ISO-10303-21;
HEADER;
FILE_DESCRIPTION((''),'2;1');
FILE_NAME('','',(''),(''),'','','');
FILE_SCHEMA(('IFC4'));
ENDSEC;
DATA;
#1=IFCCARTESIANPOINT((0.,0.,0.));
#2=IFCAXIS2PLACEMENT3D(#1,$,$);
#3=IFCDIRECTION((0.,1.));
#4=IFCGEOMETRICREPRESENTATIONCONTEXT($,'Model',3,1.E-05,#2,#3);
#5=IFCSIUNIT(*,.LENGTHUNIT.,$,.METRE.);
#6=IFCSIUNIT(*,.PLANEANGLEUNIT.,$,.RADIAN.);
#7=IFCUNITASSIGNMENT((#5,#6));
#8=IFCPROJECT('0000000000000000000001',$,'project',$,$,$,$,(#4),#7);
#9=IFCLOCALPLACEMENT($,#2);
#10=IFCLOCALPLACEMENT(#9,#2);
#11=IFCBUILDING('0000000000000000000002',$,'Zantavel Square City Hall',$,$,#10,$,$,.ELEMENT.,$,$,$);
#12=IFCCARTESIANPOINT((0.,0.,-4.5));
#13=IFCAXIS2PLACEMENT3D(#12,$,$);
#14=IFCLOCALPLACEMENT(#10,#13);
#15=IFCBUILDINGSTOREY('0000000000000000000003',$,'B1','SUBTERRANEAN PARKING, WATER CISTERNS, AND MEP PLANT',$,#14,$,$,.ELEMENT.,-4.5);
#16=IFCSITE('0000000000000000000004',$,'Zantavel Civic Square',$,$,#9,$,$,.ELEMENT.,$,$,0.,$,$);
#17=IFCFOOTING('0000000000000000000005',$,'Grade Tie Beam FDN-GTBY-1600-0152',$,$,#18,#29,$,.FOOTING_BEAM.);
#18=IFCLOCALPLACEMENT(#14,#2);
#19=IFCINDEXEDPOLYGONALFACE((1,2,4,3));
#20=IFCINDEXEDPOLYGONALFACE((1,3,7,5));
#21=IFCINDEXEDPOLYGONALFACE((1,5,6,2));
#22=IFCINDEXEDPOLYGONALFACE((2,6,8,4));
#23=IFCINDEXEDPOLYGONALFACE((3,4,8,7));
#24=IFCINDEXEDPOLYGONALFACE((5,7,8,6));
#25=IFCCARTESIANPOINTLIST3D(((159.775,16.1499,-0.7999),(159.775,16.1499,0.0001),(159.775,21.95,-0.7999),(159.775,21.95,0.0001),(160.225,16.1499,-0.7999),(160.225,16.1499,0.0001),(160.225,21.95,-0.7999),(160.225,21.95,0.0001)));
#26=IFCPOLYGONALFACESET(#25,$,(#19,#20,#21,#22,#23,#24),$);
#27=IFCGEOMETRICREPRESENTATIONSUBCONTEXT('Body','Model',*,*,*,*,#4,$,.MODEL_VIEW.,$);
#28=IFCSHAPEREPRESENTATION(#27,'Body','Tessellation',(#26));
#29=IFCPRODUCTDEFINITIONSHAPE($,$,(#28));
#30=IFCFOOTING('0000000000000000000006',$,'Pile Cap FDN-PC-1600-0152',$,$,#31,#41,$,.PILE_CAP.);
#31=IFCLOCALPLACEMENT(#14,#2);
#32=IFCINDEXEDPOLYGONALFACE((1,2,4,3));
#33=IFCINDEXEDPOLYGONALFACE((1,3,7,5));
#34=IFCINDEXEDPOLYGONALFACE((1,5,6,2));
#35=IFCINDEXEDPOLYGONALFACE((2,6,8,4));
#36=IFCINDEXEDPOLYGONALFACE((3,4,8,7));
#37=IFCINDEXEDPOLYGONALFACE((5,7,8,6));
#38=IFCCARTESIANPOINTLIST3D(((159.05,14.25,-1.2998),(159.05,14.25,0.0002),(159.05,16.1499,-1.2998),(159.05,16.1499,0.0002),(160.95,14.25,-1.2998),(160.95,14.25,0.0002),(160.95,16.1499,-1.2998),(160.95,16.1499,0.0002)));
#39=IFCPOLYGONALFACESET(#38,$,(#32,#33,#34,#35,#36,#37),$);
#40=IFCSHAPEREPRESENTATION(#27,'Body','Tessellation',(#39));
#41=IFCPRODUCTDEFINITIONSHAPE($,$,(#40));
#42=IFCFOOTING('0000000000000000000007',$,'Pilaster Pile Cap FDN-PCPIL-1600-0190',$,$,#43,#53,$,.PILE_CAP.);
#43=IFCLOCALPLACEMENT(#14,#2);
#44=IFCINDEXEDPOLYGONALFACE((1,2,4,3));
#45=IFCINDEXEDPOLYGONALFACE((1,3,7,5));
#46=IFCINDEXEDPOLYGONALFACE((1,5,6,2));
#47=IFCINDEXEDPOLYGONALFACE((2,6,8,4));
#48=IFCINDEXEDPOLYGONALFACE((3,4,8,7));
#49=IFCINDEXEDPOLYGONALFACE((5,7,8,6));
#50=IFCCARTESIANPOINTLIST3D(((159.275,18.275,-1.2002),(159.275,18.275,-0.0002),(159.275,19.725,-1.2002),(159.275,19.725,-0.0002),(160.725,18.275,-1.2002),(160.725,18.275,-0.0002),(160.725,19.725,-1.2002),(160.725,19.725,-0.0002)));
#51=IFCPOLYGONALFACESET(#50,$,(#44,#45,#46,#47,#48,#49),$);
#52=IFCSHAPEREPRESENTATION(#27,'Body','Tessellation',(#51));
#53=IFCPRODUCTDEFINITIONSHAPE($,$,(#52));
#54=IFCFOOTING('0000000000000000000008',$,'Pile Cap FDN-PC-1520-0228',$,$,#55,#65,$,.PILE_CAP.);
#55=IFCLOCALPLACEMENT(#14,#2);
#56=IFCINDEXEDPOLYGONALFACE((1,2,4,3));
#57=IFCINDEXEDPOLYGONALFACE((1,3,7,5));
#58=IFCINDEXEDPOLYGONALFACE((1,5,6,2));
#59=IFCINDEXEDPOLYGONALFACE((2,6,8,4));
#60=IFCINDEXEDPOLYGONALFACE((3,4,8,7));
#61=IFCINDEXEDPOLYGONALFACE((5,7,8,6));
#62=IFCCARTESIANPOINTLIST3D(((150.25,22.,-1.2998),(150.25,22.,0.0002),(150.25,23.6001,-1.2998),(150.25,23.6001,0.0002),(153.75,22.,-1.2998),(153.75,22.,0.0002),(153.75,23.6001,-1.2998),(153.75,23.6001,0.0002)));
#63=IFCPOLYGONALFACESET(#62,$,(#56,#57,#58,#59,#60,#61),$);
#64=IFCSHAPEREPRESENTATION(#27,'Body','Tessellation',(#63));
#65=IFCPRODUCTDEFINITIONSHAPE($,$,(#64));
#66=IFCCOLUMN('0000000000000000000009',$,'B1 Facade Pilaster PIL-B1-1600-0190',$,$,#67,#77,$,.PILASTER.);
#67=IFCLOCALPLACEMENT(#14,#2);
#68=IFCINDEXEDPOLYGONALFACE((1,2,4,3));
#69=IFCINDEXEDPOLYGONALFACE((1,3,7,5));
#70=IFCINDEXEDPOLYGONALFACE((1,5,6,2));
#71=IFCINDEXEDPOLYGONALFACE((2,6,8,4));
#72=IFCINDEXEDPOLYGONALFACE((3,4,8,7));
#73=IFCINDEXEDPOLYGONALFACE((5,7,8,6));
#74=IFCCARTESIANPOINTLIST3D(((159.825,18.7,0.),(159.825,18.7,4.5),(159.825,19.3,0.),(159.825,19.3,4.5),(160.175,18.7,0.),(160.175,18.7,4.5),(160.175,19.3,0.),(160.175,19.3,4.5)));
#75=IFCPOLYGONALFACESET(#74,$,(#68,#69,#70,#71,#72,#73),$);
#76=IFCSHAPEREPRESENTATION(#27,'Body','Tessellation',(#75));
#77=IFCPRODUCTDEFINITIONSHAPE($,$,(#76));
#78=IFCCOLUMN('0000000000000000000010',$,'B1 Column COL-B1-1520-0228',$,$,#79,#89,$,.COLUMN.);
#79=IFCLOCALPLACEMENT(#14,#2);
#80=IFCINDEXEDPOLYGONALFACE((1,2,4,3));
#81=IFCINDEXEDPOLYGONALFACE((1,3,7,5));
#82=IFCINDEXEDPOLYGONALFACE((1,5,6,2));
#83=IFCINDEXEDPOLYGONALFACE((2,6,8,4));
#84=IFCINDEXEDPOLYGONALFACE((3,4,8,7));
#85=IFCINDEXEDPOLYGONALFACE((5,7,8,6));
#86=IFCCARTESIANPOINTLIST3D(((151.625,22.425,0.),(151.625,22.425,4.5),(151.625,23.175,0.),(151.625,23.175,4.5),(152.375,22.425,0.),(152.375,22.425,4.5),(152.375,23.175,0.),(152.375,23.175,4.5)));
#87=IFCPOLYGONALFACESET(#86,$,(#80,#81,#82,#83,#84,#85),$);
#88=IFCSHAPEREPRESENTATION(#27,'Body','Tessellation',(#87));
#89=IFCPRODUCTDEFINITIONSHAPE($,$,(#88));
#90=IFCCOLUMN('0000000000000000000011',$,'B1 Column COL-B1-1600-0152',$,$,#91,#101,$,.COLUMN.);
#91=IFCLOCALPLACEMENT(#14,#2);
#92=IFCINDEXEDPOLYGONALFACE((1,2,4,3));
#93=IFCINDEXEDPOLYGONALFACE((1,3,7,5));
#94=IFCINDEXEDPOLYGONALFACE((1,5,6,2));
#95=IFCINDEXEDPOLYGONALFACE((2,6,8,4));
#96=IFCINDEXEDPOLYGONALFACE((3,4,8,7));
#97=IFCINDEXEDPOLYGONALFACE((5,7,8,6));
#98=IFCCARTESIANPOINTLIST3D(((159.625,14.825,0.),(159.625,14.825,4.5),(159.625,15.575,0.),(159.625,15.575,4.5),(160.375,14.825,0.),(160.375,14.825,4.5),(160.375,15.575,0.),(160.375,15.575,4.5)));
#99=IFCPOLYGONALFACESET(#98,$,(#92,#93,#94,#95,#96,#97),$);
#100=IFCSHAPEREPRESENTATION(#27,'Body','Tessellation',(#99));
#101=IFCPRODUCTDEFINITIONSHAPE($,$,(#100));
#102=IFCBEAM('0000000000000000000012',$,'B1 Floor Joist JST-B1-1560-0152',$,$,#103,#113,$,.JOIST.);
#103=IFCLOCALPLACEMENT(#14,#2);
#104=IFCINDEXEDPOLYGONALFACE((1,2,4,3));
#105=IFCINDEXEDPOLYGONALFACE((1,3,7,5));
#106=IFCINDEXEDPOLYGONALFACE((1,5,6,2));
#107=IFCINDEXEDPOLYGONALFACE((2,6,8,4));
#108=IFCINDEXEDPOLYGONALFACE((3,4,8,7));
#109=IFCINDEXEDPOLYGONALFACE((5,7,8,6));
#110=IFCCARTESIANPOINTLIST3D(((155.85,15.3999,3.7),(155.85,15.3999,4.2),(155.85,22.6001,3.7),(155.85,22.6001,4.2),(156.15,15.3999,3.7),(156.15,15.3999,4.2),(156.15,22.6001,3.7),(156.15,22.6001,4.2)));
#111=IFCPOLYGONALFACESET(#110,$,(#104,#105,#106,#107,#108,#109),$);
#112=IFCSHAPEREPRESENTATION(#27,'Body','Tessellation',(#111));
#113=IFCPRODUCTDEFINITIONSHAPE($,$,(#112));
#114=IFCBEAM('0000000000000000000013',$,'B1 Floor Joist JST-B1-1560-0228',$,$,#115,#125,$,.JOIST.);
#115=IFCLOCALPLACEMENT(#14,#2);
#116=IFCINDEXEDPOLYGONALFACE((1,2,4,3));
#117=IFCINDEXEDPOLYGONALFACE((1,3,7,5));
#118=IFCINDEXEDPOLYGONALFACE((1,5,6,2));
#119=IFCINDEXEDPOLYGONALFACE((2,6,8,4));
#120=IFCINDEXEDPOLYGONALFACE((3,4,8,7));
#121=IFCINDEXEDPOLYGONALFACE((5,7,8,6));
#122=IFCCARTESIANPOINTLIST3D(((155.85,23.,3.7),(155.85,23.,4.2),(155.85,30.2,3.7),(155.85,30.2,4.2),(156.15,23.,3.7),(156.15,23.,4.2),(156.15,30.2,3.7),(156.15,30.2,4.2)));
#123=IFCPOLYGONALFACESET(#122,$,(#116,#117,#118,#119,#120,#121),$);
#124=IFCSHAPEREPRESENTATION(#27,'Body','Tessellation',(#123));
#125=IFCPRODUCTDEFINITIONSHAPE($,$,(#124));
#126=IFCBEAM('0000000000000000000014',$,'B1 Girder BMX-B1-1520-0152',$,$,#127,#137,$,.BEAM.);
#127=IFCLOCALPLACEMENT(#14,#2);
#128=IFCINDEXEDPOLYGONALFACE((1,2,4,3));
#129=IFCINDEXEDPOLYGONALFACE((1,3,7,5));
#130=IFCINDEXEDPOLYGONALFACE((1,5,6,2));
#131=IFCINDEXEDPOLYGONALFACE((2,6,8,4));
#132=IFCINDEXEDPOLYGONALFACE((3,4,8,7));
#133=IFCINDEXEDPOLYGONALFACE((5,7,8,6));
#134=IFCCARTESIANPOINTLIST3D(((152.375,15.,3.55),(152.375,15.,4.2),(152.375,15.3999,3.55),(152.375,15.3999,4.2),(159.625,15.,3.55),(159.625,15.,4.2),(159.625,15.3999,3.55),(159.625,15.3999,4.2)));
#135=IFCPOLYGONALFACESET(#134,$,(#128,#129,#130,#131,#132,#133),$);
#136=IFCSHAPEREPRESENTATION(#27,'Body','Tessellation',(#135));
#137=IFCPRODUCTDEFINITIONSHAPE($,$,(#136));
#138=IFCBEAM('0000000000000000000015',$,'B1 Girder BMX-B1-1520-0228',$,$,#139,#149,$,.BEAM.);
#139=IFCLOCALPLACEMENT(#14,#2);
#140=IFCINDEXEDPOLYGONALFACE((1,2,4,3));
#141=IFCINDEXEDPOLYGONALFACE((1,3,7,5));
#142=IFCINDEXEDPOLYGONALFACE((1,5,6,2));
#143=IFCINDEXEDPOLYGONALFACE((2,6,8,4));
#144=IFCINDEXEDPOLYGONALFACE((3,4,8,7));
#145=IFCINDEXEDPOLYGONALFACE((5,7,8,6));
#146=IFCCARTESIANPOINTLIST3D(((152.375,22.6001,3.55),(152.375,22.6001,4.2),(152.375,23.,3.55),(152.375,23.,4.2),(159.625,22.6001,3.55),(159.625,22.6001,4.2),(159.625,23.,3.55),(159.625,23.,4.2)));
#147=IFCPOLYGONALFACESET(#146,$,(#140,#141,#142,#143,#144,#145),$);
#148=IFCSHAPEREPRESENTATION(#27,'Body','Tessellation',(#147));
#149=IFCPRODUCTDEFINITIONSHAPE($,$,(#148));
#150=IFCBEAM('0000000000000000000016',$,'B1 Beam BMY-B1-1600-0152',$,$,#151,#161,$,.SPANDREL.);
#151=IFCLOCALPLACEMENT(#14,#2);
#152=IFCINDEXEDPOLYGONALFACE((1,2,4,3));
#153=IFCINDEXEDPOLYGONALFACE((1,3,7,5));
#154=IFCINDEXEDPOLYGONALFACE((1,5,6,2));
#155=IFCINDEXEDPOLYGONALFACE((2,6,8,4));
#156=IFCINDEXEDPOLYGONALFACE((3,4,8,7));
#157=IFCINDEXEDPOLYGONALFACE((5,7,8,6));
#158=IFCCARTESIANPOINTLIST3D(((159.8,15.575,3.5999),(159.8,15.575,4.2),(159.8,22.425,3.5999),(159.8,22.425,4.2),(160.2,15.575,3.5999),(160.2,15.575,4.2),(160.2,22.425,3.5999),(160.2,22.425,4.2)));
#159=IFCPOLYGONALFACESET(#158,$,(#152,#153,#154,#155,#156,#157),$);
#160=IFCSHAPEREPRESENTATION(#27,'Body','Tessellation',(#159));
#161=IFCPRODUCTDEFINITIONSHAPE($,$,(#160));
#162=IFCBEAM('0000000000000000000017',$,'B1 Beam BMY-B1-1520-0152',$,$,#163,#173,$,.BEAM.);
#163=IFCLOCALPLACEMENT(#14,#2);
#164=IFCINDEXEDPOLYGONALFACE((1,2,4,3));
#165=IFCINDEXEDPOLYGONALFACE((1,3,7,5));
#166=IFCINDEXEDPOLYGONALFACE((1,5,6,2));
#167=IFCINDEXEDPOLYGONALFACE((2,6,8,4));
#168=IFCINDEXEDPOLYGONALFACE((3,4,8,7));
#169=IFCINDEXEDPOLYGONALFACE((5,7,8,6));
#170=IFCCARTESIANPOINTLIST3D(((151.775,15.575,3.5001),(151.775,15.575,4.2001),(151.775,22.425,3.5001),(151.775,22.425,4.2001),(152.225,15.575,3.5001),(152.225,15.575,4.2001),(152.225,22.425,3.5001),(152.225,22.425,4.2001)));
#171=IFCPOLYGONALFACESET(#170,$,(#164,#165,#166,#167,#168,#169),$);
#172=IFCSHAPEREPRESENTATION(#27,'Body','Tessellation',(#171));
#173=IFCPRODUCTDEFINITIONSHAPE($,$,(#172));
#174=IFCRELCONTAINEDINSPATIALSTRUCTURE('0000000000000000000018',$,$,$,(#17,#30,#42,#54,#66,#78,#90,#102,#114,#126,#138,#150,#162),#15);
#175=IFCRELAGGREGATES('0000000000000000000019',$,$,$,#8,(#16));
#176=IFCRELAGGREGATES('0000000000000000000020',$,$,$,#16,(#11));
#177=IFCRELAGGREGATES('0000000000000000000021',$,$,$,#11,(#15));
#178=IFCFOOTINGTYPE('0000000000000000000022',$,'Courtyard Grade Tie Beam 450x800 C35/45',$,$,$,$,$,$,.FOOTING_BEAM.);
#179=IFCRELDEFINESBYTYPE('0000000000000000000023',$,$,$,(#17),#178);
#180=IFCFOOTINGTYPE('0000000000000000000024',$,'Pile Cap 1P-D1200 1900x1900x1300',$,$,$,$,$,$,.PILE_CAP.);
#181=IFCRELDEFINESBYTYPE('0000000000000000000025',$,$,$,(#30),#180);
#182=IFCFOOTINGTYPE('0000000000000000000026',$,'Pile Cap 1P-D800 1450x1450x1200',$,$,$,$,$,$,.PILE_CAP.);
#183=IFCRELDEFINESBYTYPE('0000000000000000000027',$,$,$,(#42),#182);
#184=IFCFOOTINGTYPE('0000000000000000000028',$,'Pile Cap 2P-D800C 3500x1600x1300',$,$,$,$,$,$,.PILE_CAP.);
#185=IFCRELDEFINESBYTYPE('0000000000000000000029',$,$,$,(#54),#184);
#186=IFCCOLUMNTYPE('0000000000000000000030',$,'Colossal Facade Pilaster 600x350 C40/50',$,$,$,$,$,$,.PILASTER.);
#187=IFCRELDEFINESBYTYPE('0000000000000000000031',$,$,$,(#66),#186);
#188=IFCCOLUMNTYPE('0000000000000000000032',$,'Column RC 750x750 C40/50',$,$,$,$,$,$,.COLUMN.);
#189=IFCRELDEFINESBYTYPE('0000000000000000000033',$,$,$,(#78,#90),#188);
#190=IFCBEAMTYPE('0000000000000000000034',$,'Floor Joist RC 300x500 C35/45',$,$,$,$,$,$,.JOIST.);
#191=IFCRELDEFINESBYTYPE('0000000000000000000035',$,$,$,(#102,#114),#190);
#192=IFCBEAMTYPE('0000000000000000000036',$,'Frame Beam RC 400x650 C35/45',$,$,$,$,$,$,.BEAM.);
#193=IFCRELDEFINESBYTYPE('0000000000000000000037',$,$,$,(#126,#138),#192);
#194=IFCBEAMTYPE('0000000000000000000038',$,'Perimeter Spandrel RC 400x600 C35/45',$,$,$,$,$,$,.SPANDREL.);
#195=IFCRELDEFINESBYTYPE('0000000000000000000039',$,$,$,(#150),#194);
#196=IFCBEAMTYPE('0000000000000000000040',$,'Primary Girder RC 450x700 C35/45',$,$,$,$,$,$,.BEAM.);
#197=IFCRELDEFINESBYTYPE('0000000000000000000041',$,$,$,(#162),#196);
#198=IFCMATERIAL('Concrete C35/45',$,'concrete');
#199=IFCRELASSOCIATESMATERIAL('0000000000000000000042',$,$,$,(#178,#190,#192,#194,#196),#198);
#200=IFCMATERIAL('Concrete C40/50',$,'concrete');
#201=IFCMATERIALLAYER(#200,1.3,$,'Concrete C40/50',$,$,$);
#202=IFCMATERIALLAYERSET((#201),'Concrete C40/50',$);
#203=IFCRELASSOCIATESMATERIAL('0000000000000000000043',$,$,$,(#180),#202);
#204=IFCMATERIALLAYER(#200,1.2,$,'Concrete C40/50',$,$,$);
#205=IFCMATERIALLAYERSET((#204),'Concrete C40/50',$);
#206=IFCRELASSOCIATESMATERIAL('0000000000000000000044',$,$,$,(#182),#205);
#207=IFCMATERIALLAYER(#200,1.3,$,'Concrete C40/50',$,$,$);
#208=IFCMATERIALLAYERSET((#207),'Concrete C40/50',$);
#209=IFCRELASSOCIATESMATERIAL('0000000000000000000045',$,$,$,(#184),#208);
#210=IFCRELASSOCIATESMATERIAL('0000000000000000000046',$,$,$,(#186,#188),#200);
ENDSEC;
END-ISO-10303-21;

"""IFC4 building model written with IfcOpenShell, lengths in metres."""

from ifc_helpers import new_model, si_unit, direction, frame, origin, origin_2d, place, context, subcontext, project, spatial, rectangle, extrude, material, layer, layer_set, material_profile, profile_set, type_object, element, save


model = new_model("IFC4")

# Units and contexts
model_context = context("Model", 3, precision=1e-05, world=origin(), true_north=direction((0.0, 1.0)))
body_context = subcontext(model_context, "Body", "Model", "MODEL_VIEW")
ifc_project = project(units=[si_unit("LENGTHUNIT", "METRE"), si_unit("PLANEANGLEUNIT", "RADIAN")], contexts=[model_context])

# Site, building, storey
site_placement = place(None, origin())
site = spatial("IfcSite", under=ifc_project, at=site_placement, Name="Zantavel Civic Square", CompositionType="ELEMENT", RefElevation=0.0)
building_placement = place(site_placement, origin())
building = spatial("IfcBuilding", under=site, at=building_placement, Name="Zantavel Square City Hall", CompositionType="ELEMENT")
storey_placement = place(building_placement, frame((0.0, 0.0, -4.5)))
storey = spatial("IfcBuildingStorey", under=building, at=storey_placement, Name="B1", Description="SUBTERRANEAN PARKING, WATER CISTERNS, AND MEP PLANT", CompositionType="ELEMENT", Elevation=-4.5)

# Shared definitions
ifc_material_1 = material(Name="Concrete C35/45", Category="concrete")

# Footings
ifc_material_profile_1 = material_profile(ifc_material_1, rectangle(XDim=0.45, YDim=0.8, at=origin_2d()), Name="RC 450x800")
ifc_profile_set_1 = profile_set([ifc_material_profile_1], Name="Concrete C35/45")
footing_type_1 = type_object("IfcFootingType", Name="Courtyard Grade Tie Beam 450x800 C35/45", PredefinedType="FOOTING_BEAM", material=ifc_profile_set_1)
footing_1_placement = place(storey_placement, frame((160.0, 16.1499, -0.3999), z_axis=(0.0, 1.0, 0.0), x_axis=(-1.0, 0.0, 0.0)))
element("IfcFooting", 1, at=footing_1_placement, inside=storey, type_object=footing_type_1, Name="Grade Tie Beam FDN-GTBY-1600-0152", PredefinedType="FOOTING_BEAM", context=body_context, shape_type="SweptSolid", body=[
    extrude(rectangle(XDim=0.45, YDim=0.8, at=origin_2d()), origin(), (0.0, 0.0, 1.0), 5.8),
])
ifc_material_2 = material(Name="Concrete C40/50", Category="concrete")
ifc_layer_1 = layer(ifc_material_2, 1.3, Name="Concrete C40/50")
ifc_layer_set_1 = layer_set([ifc_layer_1], Name="Concrete C40/50")
footing_type_2 = type_object("IfcFootingType", Name="Pile Cap 1P-D1200 1900x1900x1300", PredefinedType="PILE_CAP", material=ifc_layer_set_1)
footing_2_placement = place(storey_placement, frame((160.0, 15.2, -1.2998), z_axis=(0.0, 0.0, 1.0), x_axis=(1.0, 0.0, 0.0)))
element("IfcFooting", 2, at=footing_2_placement, inside=storey, type_object=footing_type_2, Name="Pile Cap FDN-PC-1600-0152", PredefinedType="PILE_CAP", context=body_context, shape_type="SweptSolid", body=[
    extrude(rectangle(XDim=1.8999, YDim=1.8999, at=origin_2d()), origin(), (0.0, 0.0, 1.0), 1.3),
])
ifc_layer_2 = layer(ifc_material_2, 1.2, Name="Concrete C40/50")
ifc_layer_set_2 = layer_set([ifc_layer_2], Name="Concrete C40/50")
footing_type_3 = type_object("IfcFootingType", Name="Pile Cap 1P-D800 1450x1450x1200", PredefinedType="PILE_CAP", material=ifc_layer_set_2)
footing_3_placement = place(storey_placement, frame((160.0, 19.0, -1.2002), z_axis=(0.0, 0.0, 1.0), x_axis=(1.0, 0.0, 0.0)))
element("IfcFooting", 3, at=footing_3_placement, inside=storey, type_object=footing_type_3, Name="Pilaster Pile Cap FDN-PCPIL-1600-0190", PredefinedType="PILE_CAP", context=body_context, shape_type="SweptSolid", body=[
    extrude(rectangle(XDim=1.45, YDim=1.45, at=origin_2d()), origin(), (0.0, 0.0, 1.0), 1.2),
])
ifc_layer_3 = layer(ifc_material_2, 1.3, Name="Concrete C40/50")
ifc_layer_set_3 = layer_set([ifc_layer_3], Name="Concrete C40/50")
footing_type_4 = type_object("IfcFootingType", Name="Pile Cap 2P-D800C 3500x1600x1300", PredefinedType="PILE_CAP", material=ifc_layer_set_3)
footing_4_placement = place(storey_placement, frame((152.0, 22.8, -1.2998), z_axis=(0.0, 0.0, 1.0), x_axis=(1.0, 0.0, 0.0)))
element("IfcFooting", 4, at=footing_4_placement, inside=storey, type_object=footing_type_4, Name="Pile Cap FDN-PC-1520-0228", PredefinedType="PILE_CAP", context=body_context, shape_type="SweptSolid", body=[
    extrude(rectangle(XDim=3.5, YDim=1.6001, at=origin_2d()), origin(), (0.0, 0.0, 1.0), 1.3),
])

# Columns
ifc_material_profile_2 = material_profile(ifc_material_2, rectangle(XDim=0.6001, YDim=0.3501, at=origin_2d()), Name="RC 600x350")
ifc_profile_set_2 = profile_set([ifc_material_profile_2], Name="Concrete C40/50")
column_type_1 = type_object("IfcColumnType", Name="Colossal Facade Pilaster 600x350 C40/50", PredefinedType="PILASTER", material=ifc_profile_set_2)
column_placement = place(storey_placement, frame((160.0, 19.0, 0.0), z_axis=(0.0, 0.0, 1.0), x_axis=(0.0, 1.0, 0.0)))
element("IfcColumn", 5, at=column_placement, inside=storey, type_object=column_type_1, Name="B1 Facade Pilaster PIL-B1-1600-0190", PredefinedType="PILASTER", context=body_context, shape_type="SweptSolid", body=[
    extrude(rectangle(XDim=0.6001, YDim=0.3501, at=origin_2d()), origin(), (0.0, 0.0, 1.0), 4.5),
])
ifc_material_profile_3 = material_profile(ifc_material_2, rectangle(XDim=0.75, YDim=0.75, at=origin_2d()), Name="RC 750x750")
ifc_profile_set_3 = profile_set([ifc_material_profile_3], Name="Concrete C40/50")
column_type_2 = type_object("IfcColumnType", Name="Column RC 750x750 C40/50", PredefinedType="COLUMN", material=ifc_profile_set_3)
for number, where, z_axis, x_axis, name in (
    (6, (152.0, 22.8, 0.0), (0.0, 0.0, 1.0), (1.0, 0.0, 0.0), "B1 Column COL-B1-1520-0228"),
    (7, (160.0, 15.2, 0.0), (0.0, 0.0, 1.0), (1.0, 0.0, 0.0), "B1 Column COL-B1-1600-0152"),
):
    element("IfcColumn", number, at=place(storey_placement, frame(where, z_axis=z_axis, x_axis=x_axis)), inside=storey, type_object=column_type_2, Name=name, PredefinedType="COLUMN", context=body_context, shape_type="SweptSolid", body=[
        extrude(rectangle(XDim=0.75, YDim=0.75, at=origin_2d()), origin(), (0.0, 0.0, 1.0), 4.5),
    ])

# Beams
ifc_material_profile_4 = material_profile(ifc_material_1, rectangle(XDim=0.3, YDim=0.5, at=origin_2d()), Name="RC 300x500")
ifc_profile_set_4 = profile_set([ifc_material_profile_4], Name="Concrete C35/45")
beam_type_1 = type_object("IfcBeamType", Name="Floor Joist RC 300x500 C35/45", PredefinedType="JOIST", material=ifc_profile_set_4)
beam_1_placement = place(storey_placement, frame((156.0, 15.3999, 3.95), z_axis=(0.0, 1.0, 0.0), x_axis=(-1.0, 0.0, 0.0)))
element("IfcBeam", 8, at=beam_1_placement, inside=storey, type_object=beam_type_1, Name="B1 Floor Joist JST-B1-1560-0152", PredefinedType="JOIST", context=body_context, shape_type="SweptSolid", body=[
    extrude(rectangle(XDim=0.3, YDim=0.5, at=origin_2d()), origin(), (0.0, 0.0, 1.0), 7.2002),
])
beam_2_placement = place(storey_placement, frame((156.0, 23.0, 3.95), z_axis=(0.0, 1.0, 0.0), x_axis=(-1.0, 0.0, 0.0)))
element("IfcBeam", 9, at=beam_2_placement, inside=storey, type_object=beam_type_1, Name="B1 Floor Joist JST-B1-1560-0228", PredefinedType="JOIST", context=body_context, shape_type="SweptSolid", body=[
    extrude(rectangle(XDim=0.3, YDim=0.5, at=origin_2d()), origin(), (0.0, 0.0, 1.0), 7.2),
])
ifc_material_profile_5 = material_profile(ifc_material_1, rectangle(XDim=0.3999, YDim=0.6499, at=origin_2d()), Name="RC 400x650")
ifc_profile_set_5 = profile_set([ifc_material_profile_5], Name="Concrete C35/45")
beam_type_2 = type_object("IfcBeamType", Name="Frame Beam RC 400x650 C35/45", PredefinedType="BEAM", material=ifc_profile_set_5)
for number, where, z_axis, x_axis, name in (
    (10, (152.375, 15.2, 3.875), (1.0, 0.0, 0.0), (0.0, 1.0, 0.0), "B1 Girder BMX-B1-1520-0152"),
    (11, (152.375, 22.8, 3.875), (1.0, 0.0, 0.0), (0.0, 1.0, 0.0), "B1 Girder BMX-B1-1520-0228"),
):
    element("IfcBeam", number, at=place(storey_placement, frame(where, z_axis=z_axis, x_axis=x_axis)), inside=storey, type_object=beam_type_2, Name=name, PredefinedType="BEAM", context=body_context, shape_type="SweptSolid", body=[
        extrude(rectangle(XDim=0.3999, YDim=0.6499, at=origin_2d()), origin(), (0.0, 0.0, 1.0), 7.25),
    ])
ifc_material_profile_6 = material_profile(ifc_material_1, rectangle(XDim=0.3999, YDim=0.6001, at=origin_2d()), Name="RC 400x600")
ifc_profile_set_6 = profile_set([ifc_material_profile_6], Name="Concrete C35/45")
beam_type_3 = type_object("IfcBeamType", Name="Perimeter Spandrel RC 400x600 C35/45", PredefinedType="SPANDREL", material=ifc_profile_set_6)
beam_3_placement = place(storey_placement, frame((160.0, 15.575, 3.8999), z_axis=(0.0, 1.0, 0.0), x_axis=(-1.0, 0.0, 0.0)))
element("IfcBeam", 12, at=beam_3_placement, inside=storey, type_object=beam_type_3, Name="B1 Beam BMY-B1-1600-0152", PredefinedType="SPANDREL", context=body_context, shape_type="SweptSolid", body=[
    extrude(rectangle(XDim=0.3999, YDim=0.6001, at=origin_2d()), origin(), (0.0, 0.0, 1.0), 6.8501),
])
ifc_material_profile_7 = material_profile(ifc_material_1, rectangle(XDim=0.45, YDim=0.7, at=origin_2d()), Name="RC 450x700")
ifc_profile_set_7 = profile_set([ifc_material_profile_7], Name="Concrete C35/45")
beam_type_4 = type_object("IfcBeamType", Name="Primary Girder RC 450x700 C35/45", PredefinedType="BEAM", material=ifc_profile_set_7)
beam_4_placement = place(storey_placement, frame((152.0, 15.575, 3.8501), z_axis=(0.0, 1.0, 0.0), x_axis=(-1.0, 0.0, 0.0)))
element("IfcBeam", 13, at=beam_4_placement, inside=storey, type_object=beam_type_4, Name="B1 Beam BMY-B1-1520-0152", PredefinedType="BEAM", context=body_context, shape_type="SweptSolid", body=[
    extrude(rectangle(XDim=0.45, YDim=0.7, at=origin_2d()), origin(), (0.0, 0.0, 1.0), 6.8501),
])

save(model, "model.ifc")
